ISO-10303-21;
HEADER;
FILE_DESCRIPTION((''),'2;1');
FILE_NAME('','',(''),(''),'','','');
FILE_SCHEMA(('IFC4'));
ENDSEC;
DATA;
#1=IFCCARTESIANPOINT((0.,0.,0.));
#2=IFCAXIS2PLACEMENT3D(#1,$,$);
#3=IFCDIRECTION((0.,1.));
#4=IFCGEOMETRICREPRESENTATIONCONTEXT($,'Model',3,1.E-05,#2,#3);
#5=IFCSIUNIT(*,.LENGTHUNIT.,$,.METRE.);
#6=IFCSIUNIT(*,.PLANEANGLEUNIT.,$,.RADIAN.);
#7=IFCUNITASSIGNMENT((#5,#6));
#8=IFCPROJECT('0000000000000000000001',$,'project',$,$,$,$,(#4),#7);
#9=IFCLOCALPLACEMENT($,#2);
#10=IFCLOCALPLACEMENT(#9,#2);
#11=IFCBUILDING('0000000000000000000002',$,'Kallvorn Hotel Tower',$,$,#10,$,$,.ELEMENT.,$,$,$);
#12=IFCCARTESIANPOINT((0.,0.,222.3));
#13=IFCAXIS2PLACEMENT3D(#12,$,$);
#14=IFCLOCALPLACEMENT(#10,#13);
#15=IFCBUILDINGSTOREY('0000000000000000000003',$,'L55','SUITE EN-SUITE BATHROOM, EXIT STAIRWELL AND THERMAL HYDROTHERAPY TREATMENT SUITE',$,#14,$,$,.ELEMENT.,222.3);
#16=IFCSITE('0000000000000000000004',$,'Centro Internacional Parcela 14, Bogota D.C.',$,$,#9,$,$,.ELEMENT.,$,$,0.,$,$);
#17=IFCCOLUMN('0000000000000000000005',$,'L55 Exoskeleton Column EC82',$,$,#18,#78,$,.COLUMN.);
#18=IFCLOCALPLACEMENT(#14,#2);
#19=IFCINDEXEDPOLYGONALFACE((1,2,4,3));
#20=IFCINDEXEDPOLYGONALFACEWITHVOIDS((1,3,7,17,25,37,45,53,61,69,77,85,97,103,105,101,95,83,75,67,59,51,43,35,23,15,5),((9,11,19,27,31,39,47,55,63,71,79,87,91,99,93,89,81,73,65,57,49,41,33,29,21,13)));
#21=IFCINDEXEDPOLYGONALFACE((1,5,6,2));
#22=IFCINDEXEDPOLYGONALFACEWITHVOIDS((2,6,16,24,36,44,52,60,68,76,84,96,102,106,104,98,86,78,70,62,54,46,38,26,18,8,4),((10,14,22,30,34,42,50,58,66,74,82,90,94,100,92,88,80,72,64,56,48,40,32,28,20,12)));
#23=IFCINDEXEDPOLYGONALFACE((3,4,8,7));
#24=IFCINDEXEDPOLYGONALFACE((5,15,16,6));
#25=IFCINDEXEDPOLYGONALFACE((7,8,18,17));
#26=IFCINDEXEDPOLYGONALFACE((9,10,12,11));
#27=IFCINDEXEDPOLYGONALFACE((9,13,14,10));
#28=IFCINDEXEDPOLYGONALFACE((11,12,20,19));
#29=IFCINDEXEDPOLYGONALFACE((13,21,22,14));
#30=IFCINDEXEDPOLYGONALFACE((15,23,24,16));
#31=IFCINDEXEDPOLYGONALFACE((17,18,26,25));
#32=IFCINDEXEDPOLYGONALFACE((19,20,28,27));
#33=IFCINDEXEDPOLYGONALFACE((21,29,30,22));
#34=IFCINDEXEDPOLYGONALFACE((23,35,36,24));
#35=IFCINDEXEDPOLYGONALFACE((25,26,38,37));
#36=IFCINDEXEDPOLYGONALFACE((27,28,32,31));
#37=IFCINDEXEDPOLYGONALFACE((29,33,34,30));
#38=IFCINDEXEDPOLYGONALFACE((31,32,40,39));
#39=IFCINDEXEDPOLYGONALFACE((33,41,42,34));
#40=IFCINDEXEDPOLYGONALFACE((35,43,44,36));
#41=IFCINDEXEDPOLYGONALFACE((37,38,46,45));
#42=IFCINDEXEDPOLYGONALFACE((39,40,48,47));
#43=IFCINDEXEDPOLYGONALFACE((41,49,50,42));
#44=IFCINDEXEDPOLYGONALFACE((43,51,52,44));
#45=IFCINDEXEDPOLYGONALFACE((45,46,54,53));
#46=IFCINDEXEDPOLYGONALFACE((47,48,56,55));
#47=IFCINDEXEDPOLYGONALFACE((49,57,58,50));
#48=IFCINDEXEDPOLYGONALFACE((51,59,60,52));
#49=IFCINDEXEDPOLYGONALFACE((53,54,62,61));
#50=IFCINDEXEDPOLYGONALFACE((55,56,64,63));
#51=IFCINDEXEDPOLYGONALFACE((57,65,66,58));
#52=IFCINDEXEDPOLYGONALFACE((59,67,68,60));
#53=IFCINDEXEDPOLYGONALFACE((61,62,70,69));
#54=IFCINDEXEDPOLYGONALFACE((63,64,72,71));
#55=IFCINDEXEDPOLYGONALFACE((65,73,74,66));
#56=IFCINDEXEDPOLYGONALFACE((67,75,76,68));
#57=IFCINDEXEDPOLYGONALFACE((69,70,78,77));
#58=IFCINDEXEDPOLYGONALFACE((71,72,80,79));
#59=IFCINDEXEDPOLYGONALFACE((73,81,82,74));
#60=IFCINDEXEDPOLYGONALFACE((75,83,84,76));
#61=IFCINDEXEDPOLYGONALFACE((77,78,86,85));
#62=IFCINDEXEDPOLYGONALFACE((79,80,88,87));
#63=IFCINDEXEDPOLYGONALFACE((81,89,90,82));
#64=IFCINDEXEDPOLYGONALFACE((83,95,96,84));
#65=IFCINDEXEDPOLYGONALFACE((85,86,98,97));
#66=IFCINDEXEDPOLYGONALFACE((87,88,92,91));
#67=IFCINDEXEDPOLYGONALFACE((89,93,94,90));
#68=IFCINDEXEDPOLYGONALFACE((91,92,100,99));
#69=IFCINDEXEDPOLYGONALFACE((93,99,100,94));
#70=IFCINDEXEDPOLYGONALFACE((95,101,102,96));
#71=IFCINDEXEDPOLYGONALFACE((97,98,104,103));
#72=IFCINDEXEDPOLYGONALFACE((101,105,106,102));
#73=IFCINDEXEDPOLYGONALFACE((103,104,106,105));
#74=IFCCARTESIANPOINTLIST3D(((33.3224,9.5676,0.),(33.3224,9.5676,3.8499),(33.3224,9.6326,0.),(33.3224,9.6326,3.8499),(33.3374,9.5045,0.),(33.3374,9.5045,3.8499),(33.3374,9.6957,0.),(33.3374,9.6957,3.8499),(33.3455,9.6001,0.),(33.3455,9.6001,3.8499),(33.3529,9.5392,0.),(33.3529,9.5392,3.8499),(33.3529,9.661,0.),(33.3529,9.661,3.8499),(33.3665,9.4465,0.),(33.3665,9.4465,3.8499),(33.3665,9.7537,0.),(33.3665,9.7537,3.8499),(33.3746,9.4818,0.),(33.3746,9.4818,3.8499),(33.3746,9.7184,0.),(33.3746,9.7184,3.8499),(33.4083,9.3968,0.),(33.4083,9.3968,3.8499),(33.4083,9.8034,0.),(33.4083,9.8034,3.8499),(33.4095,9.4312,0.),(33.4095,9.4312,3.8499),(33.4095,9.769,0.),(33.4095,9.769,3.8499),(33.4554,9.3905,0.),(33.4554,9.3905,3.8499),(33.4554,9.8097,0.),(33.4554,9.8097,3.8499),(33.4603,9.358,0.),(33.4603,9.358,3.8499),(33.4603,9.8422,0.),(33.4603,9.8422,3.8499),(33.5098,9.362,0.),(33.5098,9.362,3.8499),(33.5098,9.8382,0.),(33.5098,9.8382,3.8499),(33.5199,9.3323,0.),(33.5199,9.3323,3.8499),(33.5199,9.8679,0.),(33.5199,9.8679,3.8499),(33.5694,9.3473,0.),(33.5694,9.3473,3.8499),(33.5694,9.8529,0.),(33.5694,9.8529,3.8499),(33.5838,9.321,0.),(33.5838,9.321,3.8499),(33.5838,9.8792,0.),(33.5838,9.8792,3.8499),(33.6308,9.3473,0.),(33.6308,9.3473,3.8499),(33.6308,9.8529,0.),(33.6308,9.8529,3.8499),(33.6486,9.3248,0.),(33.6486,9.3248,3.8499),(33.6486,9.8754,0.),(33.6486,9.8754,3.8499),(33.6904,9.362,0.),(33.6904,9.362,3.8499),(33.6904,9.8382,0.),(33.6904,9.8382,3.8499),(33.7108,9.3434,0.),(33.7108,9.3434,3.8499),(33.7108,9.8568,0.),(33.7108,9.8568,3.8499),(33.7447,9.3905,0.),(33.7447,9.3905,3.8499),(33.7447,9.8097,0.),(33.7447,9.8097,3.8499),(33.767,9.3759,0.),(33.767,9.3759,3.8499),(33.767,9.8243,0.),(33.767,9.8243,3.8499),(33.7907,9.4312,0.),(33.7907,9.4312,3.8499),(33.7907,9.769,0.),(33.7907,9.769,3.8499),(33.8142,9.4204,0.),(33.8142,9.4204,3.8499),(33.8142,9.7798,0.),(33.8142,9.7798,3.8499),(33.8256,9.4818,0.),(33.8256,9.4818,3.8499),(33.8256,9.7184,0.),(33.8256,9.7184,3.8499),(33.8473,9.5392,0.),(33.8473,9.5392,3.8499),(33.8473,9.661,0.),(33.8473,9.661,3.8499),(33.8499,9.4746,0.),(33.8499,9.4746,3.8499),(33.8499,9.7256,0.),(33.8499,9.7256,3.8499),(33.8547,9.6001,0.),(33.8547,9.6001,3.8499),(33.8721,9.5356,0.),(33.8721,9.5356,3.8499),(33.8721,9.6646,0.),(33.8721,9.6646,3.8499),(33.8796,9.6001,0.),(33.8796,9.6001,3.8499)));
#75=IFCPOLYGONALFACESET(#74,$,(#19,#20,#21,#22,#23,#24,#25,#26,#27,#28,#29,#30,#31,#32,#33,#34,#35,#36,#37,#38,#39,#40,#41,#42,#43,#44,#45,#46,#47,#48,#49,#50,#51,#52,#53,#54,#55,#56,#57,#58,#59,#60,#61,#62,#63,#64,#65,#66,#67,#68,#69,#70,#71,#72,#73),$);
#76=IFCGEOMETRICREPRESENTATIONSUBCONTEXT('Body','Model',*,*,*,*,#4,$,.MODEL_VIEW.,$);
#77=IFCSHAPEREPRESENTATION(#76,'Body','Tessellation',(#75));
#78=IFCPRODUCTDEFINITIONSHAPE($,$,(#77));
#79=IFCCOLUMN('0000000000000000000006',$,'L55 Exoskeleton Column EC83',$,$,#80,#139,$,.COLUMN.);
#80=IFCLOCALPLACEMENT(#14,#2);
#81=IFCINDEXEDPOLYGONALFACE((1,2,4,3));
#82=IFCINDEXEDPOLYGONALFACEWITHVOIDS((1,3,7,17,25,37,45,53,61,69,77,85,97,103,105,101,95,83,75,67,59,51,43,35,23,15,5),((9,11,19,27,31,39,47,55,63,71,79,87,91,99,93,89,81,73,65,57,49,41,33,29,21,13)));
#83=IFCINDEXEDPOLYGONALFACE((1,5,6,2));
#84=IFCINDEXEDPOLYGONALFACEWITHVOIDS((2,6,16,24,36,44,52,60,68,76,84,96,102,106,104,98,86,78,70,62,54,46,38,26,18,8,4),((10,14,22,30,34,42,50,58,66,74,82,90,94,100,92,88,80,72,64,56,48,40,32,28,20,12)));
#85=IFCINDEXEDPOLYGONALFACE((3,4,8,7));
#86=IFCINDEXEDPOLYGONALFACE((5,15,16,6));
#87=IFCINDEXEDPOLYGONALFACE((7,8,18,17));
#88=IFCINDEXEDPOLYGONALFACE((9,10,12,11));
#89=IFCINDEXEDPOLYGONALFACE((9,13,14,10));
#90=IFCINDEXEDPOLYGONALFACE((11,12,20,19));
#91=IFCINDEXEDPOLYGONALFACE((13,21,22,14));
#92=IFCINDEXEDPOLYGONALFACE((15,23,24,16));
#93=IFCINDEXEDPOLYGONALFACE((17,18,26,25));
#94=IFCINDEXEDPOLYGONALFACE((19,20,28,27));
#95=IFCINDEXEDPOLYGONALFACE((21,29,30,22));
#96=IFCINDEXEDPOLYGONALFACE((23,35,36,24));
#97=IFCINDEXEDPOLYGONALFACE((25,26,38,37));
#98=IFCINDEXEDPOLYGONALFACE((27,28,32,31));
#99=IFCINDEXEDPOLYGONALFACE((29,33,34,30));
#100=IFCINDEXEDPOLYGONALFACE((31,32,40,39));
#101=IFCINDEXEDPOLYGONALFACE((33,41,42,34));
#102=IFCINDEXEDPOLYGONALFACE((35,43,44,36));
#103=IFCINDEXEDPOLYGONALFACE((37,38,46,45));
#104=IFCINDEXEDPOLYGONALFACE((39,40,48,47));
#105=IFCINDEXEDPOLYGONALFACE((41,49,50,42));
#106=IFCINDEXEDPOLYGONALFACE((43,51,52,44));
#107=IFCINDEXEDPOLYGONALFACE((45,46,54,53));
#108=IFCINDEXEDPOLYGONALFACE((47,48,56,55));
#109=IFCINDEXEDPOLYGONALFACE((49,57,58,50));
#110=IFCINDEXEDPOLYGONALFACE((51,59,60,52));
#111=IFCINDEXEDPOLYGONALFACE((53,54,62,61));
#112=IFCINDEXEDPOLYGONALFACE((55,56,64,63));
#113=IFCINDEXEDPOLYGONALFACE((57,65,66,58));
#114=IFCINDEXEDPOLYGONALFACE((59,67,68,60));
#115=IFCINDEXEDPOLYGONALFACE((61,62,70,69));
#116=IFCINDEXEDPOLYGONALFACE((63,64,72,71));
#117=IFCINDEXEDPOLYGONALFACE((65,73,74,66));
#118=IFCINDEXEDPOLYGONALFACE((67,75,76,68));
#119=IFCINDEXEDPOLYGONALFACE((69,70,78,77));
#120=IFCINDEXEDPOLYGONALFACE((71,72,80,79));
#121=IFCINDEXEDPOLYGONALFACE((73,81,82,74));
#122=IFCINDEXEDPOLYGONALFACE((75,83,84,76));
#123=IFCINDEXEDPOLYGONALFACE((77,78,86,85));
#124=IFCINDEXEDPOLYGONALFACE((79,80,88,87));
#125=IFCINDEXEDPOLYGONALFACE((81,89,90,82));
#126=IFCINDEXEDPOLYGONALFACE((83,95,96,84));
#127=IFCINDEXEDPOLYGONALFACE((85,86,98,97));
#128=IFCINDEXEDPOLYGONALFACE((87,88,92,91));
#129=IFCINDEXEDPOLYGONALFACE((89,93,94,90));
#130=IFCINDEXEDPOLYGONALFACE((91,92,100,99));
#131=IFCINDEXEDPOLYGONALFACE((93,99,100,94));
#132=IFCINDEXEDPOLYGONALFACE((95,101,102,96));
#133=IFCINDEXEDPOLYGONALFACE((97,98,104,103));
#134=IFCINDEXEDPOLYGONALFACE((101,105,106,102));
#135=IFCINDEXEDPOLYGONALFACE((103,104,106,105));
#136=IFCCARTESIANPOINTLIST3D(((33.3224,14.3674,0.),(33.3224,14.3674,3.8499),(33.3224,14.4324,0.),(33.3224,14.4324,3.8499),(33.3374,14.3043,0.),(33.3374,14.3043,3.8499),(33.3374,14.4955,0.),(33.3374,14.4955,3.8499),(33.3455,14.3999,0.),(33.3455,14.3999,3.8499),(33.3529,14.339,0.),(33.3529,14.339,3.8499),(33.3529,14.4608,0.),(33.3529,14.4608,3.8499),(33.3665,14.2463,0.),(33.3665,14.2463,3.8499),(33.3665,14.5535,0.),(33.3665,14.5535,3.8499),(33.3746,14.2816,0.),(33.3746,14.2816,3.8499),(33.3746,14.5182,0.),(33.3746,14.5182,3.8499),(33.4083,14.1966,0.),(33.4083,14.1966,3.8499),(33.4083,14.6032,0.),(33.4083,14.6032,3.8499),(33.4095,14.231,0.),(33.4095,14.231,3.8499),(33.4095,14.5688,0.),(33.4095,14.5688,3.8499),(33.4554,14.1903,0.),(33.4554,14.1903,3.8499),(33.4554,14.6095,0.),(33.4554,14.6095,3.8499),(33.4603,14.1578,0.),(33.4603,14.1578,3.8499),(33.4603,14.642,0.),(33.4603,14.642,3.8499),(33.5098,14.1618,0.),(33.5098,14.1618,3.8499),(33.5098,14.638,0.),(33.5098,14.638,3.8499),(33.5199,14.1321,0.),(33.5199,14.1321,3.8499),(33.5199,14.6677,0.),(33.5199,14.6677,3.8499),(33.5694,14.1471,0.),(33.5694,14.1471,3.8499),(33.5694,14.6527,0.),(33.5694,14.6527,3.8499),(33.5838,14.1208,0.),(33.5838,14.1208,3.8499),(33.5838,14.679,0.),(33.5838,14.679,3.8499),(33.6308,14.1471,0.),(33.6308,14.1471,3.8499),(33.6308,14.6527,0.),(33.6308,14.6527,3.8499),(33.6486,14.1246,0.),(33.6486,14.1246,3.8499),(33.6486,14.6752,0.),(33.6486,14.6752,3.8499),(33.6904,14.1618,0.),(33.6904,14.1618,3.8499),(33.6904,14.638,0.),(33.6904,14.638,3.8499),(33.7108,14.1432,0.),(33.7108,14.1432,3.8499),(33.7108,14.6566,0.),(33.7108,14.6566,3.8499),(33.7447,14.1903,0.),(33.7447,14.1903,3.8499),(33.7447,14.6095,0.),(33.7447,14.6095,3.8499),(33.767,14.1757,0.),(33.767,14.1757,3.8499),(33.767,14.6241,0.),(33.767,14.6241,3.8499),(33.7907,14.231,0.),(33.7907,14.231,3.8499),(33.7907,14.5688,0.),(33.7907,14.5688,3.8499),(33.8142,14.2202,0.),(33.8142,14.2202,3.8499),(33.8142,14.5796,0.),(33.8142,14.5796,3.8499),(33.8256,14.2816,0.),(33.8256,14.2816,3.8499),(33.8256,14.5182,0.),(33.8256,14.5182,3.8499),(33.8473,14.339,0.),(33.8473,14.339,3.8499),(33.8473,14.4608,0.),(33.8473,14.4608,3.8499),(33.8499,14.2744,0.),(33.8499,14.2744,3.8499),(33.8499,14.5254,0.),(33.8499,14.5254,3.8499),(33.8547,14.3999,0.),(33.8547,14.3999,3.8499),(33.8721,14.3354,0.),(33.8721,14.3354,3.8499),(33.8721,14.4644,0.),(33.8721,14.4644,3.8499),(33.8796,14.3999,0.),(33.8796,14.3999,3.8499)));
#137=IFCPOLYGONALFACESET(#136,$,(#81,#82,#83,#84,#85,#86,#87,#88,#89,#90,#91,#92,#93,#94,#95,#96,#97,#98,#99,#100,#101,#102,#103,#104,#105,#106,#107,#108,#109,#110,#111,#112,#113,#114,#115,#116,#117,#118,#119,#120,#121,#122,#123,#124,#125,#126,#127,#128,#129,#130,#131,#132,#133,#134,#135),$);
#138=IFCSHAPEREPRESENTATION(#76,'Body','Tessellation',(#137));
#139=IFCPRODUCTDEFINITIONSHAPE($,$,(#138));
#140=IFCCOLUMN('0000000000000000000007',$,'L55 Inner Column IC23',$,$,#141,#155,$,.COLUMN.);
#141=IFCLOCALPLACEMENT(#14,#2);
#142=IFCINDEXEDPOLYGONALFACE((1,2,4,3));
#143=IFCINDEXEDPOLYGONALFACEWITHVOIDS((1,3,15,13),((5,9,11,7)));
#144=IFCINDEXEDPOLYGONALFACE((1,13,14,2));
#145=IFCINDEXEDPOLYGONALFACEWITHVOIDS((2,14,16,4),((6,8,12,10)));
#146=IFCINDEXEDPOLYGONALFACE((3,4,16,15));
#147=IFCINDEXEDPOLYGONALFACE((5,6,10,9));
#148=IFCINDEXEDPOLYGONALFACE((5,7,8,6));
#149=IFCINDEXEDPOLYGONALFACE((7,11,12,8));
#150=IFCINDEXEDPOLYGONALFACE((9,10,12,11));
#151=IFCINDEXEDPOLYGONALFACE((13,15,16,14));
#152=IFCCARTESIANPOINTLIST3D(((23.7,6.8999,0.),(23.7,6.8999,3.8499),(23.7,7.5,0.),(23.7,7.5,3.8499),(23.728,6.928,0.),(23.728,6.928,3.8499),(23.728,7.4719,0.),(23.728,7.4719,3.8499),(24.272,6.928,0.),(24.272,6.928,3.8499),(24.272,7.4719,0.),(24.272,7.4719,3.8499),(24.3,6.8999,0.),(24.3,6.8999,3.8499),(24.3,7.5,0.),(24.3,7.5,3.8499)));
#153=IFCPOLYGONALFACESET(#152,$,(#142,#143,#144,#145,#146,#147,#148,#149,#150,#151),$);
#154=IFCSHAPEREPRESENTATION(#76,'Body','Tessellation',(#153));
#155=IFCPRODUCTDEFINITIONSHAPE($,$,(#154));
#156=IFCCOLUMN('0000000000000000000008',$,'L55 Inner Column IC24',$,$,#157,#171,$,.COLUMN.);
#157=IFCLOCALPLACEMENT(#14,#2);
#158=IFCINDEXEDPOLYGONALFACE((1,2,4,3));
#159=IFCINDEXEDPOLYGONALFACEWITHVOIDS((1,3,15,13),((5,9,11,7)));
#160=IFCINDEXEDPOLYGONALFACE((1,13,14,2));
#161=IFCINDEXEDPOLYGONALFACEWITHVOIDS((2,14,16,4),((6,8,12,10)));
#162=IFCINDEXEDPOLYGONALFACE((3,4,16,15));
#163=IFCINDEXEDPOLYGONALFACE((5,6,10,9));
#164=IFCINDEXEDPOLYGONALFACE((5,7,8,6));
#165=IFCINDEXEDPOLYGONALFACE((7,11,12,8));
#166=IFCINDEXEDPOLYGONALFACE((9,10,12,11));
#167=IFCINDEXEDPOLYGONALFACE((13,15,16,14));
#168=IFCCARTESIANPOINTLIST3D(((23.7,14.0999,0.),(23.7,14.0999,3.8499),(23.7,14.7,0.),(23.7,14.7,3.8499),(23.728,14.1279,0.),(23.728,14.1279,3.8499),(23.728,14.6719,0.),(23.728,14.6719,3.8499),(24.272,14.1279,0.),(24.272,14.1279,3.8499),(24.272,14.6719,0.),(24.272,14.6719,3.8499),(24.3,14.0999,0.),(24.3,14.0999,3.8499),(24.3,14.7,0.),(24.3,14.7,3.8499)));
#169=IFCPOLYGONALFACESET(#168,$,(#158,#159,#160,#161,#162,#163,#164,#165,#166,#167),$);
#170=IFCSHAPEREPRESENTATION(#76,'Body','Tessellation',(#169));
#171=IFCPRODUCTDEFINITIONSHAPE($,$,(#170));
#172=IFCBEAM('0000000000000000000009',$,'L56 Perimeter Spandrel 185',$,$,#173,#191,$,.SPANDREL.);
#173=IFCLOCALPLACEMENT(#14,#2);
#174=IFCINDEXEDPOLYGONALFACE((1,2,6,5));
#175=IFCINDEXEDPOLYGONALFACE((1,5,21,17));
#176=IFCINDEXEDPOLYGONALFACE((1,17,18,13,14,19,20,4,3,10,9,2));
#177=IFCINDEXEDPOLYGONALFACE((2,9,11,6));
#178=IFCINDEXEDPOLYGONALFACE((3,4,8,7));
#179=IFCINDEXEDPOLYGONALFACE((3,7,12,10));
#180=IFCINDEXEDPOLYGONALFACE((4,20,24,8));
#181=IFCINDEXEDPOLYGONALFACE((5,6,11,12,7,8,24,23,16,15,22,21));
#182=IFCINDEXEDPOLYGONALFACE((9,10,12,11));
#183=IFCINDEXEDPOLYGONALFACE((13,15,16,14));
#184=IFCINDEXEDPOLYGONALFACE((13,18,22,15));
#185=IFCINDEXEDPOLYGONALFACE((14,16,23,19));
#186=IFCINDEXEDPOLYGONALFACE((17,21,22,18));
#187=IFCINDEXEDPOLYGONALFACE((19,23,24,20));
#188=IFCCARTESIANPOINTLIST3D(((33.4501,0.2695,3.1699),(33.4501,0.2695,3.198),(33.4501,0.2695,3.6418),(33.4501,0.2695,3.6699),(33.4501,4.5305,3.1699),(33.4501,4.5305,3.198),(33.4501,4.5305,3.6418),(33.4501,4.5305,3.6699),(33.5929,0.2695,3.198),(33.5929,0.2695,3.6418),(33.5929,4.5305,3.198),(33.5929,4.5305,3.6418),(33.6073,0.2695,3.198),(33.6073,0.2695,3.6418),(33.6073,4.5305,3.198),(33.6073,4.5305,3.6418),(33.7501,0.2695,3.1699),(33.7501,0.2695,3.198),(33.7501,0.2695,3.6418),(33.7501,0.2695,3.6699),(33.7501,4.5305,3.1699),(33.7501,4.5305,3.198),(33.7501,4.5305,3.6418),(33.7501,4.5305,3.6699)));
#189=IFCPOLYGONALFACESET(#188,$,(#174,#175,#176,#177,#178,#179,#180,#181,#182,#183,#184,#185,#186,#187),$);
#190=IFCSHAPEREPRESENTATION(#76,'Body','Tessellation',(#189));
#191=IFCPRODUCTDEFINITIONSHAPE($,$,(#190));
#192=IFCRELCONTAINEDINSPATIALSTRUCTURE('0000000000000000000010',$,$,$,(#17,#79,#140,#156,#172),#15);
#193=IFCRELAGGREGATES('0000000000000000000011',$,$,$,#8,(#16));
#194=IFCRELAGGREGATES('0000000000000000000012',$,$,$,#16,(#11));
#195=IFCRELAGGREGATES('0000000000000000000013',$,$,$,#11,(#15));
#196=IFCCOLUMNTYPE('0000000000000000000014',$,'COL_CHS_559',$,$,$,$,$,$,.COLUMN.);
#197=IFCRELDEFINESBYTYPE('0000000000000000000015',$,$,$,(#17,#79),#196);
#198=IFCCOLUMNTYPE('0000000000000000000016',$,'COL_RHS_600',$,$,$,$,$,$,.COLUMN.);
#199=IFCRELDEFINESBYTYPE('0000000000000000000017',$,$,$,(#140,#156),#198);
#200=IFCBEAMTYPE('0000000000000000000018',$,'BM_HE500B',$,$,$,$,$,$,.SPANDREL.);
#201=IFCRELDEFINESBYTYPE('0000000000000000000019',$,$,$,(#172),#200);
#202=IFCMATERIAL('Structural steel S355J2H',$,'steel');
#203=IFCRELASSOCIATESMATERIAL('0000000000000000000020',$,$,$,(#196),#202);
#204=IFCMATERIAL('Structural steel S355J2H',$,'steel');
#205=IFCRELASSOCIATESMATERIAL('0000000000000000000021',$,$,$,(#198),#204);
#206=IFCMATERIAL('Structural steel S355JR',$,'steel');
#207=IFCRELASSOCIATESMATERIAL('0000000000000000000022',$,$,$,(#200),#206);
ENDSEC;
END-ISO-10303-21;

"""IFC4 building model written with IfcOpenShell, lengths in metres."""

from ifc_helpers import new_model, si_unit, direction, frame, origin, origin_2d, place, context, subcontext, project, spatial, hollow_rectangle, hollow_circle, i_section, extrude, material, material_profile, profile_set, type_object, element, save


model = new_model("IFC4")

# Units and contexts
model_context = context("Model", 3, precision=1e-05, world=origin(), true_north=direction((0.0, 1.0)))
body_context = subcontext(model_context, "Body", "Model", "MODEL_VIEW")
ifc_project = project(units=[si_unit("LENGTHUNIT", "METRE"), si_unit("PLANEANGLEUNIT", "RADIAN")], contexts=[model_context])

# Site, building, storey
site_placement = place(None, origin())
site = spatial("IfcSite", under=ifc_project, at=site_placement, Name="Centro Internacional Parcela 14, Bogota D.C.", CompositionType="ELEMENT", RefElevation=0.0)
building_placement = place(site_placement, origin())
building = spatial("IfcBuilding", under=site, at=building_placement, Name="Kallvorn Hotel Tower", CompositionType="ELEMENT")
storey_placement = place(building_placement, frame((0.0, 0.0, 222.3)))
storey = spatial("IfcBuildingStorey", under=building, at=storey_placement, Name="L55", Description="SUITE EN-SUITE BATHROOM, EXIT STAIRWELL AND THERMAL HYDROTHERAPY TREATMENT SUITE", CompositionType="ELEMENT", Elevation=222.3)

# Columns
ifc_material_1 = material(Name="Structural steel S355J2H", Category="steel")
ifc_material_profile_1 = material_profile(ifc_material_1, hollow_circle(Radius=0.2795, WallThickness=0.0249, at=origin_2d()), Name="CHS 559x25")
ifc_profile_set_1 = profile_set([ifc_material_profile_1], Name="Structural steel S355J2H")
column_type_1 = type_object("IfcColumnType", Name="COL_CHS_559", PredefinedType="COLUMN", material=ifc_profile_set_1)
for number, where, z_axis, x_axis, name in (
    (1, (33.6001, 9.6001, 0.0), (0.0, 0.0, 1.0), (1.0, 0.0, 0.0), "L55 Exoskeleton Column EC82"),
    (2, (33.6001, 14.3999, 0.0), (0.0, 0.0, 1.0), (1.0, 0.0, 0.0), "L55 Exoskeleton Column EC83"),
):
    element("IfcColumn", number, at=place(storey_placement, frame(where, z_axis=z_axis, x_axis=x_axis)), inside=storey, type_object=column_type_1, Name=name, PredefinedType="COLUMN", context=body_context, shape_type="SweptSolid", body=[
        extrude(hollow_circle(Radius=0.2795, WallThickness=0.0249, at=origin_2d()), origin(), (0.0, 0.0, 1.0), 3.8499),
    ])
ifc_material_2 = material(Name="Structural steel S355J2H", Category="steel")
ifc_material_profile_2 = material_profile(ifc_material_2, hollow_rectangle(XDim=0.6001, YDim=0.6001, WallThickness=0.0281, at=origin_2d()), Name="RHS 600x600x28")
ifc_profile_set_2 = profile_set([ifc_material_profile_2], Name="Structural steel S355J2H")
column_type_2 = type_object("IfcColumnType", Name="COL_RHS_600", PredefinedType="COLUMN", material=ifc_profile_set_2)
for number, where, z_axis, x_axis, name in (
    (3, (24.0, 7.2, 0.0), (0.0, 0.0, 1.0), (1.0, 0.0, 0.0), "L55 Inner Column IC23"),
    (4, (24.0, 14.3999, 0.0), (0.0, 0.0, 1.0), (1.0, 0.0, 0.0), "L55 Inner Column IC24"),
):
    element("IfcColumn", number, at=place(storey_placement, frame(where, z_axis=z_axis, x_axis=x_axis)), inside=storey, type_object=column_type_2, Name=name, PredefinedType="COLUMN", context=body_context, shape_type="SweptSolid", body=[
        extrude(hollow_rectangle(XDim=0.6001, YDim=0.6001, WallThickness=0.0281, at=origin_2d()), origin(), (0.0, 0.0, 1.0), 3.8499),
    ])

# Beam
ifc_material_3 = material(Name="Structural steel S355JR", Category="steel")
ifc_material_profile_3 = material_profile(ifc_material_3, i_section(OverallWidth=0.3, OverallDepth=0.5, WebThickness=0.0144, FlangeThickness=0.0281, at=origin_2d()), Name="HE 500 B")
ifc_profile_set_3 = profile_set([ifc_material_profile_3], Name="Structural steel S355JR")
beam_type_1 = type_object("IfcBeamType", Name="BM_HE500B", PredefinedType="SPANDREL", material=ifc_profile_set_3)
for number, where, z_axis, x_axis, name in (
    (5, (33.6001, 0.2695, 3.4199), (0.0, 1.0, 0.0), (-1.0, 0.0, 0.0), "L56 Perimeter Spandrel 185"),
):
    element("IfcBeam", number, at=place(storey_placement, frame(where, z_axis=z_axis, x_axis=x_axis)), inside=storey, type_object=beam_type_1, Name=name, PredefinedType="SPANDREL", context=body_context, shape_type="SweptSolid", body=[
        extrude(i_section(OverallWidth=0.3, OverallDepth=0.5, WebThickness=0.0144, FlangeThickness=0.0281, at=origin_2d()), origin(), (0.0, 0.0, 1.0), 4.261),
    ])

save(model, "model.ifc")
